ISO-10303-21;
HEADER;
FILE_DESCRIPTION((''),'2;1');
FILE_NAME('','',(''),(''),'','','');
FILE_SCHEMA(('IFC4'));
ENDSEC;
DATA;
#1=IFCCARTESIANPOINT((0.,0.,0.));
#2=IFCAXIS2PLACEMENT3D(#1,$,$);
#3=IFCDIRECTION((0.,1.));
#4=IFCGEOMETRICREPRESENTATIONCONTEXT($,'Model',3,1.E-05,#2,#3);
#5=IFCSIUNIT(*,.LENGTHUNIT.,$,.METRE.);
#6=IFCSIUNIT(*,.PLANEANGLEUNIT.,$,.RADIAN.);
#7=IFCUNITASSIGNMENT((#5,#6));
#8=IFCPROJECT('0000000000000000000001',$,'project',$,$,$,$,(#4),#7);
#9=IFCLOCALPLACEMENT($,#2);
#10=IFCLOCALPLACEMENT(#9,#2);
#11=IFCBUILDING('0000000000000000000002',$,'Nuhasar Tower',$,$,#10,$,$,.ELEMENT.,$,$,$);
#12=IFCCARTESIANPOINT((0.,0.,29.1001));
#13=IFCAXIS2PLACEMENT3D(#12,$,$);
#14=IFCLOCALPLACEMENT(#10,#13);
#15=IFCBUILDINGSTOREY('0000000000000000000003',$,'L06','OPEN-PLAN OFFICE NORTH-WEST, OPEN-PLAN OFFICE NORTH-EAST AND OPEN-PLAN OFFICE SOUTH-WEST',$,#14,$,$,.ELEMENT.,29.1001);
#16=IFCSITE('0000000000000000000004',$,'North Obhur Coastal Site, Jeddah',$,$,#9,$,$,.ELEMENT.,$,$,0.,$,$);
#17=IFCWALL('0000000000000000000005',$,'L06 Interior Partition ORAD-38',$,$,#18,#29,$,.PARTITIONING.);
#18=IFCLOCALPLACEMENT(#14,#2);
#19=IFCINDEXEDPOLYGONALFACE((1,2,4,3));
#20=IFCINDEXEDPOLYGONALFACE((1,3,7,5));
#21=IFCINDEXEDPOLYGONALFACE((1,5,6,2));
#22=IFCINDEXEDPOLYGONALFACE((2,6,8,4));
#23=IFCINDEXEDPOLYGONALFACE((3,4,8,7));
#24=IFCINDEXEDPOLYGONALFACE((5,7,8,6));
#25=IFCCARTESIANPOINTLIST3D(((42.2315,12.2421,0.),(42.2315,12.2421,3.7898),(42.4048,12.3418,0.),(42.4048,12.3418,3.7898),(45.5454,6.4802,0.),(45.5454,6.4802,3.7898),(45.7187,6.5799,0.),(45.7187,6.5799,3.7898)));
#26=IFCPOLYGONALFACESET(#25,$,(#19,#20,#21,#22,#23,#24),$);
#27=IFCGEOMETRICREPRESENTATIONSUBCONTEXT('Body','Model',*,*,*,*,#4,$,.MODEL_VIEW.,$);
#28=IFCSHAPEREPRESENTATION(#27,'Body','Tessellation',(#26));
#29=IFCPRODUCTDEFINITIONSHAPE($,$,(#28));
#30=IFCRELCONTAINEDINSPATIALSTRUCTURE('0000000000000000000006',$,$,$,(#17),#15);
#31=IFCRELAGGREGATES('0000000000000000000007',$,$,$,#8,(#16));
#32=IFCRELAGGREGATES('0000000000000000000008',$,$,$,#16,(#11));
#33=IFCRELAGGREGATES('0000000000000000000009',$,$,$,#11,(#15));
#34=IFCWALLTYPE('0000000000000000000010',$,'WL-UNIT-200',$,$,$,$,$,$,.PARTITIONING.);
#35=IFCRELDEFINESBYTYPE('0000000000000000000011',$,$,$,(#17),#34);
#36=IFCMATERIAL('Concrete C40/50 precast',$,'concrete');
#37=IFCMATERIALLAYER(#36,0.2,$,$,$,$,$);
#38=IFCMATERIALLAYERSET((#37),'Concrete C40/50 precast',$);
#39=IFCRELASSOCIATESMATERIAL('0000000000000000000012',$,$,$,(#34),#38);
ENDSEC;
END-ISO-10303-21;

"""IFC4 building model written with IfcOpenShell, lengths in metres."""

from ifc_helpers import new_model, si_unit, direction, frame, frame_2d, origin, place, context, subcontext, project, spatial, rectangle, extrude, material, layer, layer_set, type_object, element, save


model = new_model("IFC4")

# Units and contexts
model_context = context("Model", 3, precision=1e-05, world=origin(), true_north=direction((0.0, 1.0)))
body_context = subcontext(model_context, "Body", "Model", "MODEL_VIEW")
ifc_project = project(units=[si_unit("LENGTHUNIT", "METRE"), si_unit("PLANEANGLEUNIT", "RADIAN")], contexts=[model_context])

# Site, building, storey
site_placement = place(None, origin())
site = spatial("IfcSite", under=ifc_project, at=site_placement, Name="North Obhur Coastal Site, Jeddah", CompositionType="ELEMENT", RefElevation=0.0)
building_placement = place(site_placement, origin())
building = spatial("IfcBuilding", under=site, at=building_placement, Name="Nuhasar Tower", CompositionType="ELEMENT")
storey_placement = place(building_placement, frame((0.0, 0.0, 29.1001)))
storey = spatial("IfcBuildingStorey", under=building, at=storey_placement, Name="L06", Description="OPEN-PLAN OFFICE NORTH-WEST, OPEN-PLAN OFFICE NORTH-EAST AND OPEN-PLAN OFFICE SOUTH-WEST", CompositionType="ELEMENT", Elevation=29.1001)

# Wall
ifc_material_1 = material(Name="Concrete C40/50 precast", Category="concrete")
ifc_layer_1 = layer(ifc_material_1, 0.2)
ifc_layer_set_1 = layer_set([ifc_layer_1], Name="Concrete C40/50 precast")
wall_type_1 = type_object("IfcWallType", Name="WL-UNIT-200", PredefinedType="PARTITIONING", material=ifc_layer_set_1)
wall_1_placement = place(storey_placement, frame((42.3181, 12.292, 0.0), z_axis=(0.0, 0.0, 1.0), x_axis=(0.498566, -0.866852, 0.0)))
element("IfcWall", 1, at=wall_1_placement, inside=storey, type_object=wall_type_1, Name="L06 Interior Partition ORAD-38", PredefinedType="PARTITIONING", context=body_context, shape_type="SweptSolid", body=[
    extrude(rectangle(XDim=6.647, YDim=0.2, at=frame_2d((3.3235, 0.0))), origin(), (0.0, 0.0, 1.0), 3.7898),
])

save(model, "model.ifc")
